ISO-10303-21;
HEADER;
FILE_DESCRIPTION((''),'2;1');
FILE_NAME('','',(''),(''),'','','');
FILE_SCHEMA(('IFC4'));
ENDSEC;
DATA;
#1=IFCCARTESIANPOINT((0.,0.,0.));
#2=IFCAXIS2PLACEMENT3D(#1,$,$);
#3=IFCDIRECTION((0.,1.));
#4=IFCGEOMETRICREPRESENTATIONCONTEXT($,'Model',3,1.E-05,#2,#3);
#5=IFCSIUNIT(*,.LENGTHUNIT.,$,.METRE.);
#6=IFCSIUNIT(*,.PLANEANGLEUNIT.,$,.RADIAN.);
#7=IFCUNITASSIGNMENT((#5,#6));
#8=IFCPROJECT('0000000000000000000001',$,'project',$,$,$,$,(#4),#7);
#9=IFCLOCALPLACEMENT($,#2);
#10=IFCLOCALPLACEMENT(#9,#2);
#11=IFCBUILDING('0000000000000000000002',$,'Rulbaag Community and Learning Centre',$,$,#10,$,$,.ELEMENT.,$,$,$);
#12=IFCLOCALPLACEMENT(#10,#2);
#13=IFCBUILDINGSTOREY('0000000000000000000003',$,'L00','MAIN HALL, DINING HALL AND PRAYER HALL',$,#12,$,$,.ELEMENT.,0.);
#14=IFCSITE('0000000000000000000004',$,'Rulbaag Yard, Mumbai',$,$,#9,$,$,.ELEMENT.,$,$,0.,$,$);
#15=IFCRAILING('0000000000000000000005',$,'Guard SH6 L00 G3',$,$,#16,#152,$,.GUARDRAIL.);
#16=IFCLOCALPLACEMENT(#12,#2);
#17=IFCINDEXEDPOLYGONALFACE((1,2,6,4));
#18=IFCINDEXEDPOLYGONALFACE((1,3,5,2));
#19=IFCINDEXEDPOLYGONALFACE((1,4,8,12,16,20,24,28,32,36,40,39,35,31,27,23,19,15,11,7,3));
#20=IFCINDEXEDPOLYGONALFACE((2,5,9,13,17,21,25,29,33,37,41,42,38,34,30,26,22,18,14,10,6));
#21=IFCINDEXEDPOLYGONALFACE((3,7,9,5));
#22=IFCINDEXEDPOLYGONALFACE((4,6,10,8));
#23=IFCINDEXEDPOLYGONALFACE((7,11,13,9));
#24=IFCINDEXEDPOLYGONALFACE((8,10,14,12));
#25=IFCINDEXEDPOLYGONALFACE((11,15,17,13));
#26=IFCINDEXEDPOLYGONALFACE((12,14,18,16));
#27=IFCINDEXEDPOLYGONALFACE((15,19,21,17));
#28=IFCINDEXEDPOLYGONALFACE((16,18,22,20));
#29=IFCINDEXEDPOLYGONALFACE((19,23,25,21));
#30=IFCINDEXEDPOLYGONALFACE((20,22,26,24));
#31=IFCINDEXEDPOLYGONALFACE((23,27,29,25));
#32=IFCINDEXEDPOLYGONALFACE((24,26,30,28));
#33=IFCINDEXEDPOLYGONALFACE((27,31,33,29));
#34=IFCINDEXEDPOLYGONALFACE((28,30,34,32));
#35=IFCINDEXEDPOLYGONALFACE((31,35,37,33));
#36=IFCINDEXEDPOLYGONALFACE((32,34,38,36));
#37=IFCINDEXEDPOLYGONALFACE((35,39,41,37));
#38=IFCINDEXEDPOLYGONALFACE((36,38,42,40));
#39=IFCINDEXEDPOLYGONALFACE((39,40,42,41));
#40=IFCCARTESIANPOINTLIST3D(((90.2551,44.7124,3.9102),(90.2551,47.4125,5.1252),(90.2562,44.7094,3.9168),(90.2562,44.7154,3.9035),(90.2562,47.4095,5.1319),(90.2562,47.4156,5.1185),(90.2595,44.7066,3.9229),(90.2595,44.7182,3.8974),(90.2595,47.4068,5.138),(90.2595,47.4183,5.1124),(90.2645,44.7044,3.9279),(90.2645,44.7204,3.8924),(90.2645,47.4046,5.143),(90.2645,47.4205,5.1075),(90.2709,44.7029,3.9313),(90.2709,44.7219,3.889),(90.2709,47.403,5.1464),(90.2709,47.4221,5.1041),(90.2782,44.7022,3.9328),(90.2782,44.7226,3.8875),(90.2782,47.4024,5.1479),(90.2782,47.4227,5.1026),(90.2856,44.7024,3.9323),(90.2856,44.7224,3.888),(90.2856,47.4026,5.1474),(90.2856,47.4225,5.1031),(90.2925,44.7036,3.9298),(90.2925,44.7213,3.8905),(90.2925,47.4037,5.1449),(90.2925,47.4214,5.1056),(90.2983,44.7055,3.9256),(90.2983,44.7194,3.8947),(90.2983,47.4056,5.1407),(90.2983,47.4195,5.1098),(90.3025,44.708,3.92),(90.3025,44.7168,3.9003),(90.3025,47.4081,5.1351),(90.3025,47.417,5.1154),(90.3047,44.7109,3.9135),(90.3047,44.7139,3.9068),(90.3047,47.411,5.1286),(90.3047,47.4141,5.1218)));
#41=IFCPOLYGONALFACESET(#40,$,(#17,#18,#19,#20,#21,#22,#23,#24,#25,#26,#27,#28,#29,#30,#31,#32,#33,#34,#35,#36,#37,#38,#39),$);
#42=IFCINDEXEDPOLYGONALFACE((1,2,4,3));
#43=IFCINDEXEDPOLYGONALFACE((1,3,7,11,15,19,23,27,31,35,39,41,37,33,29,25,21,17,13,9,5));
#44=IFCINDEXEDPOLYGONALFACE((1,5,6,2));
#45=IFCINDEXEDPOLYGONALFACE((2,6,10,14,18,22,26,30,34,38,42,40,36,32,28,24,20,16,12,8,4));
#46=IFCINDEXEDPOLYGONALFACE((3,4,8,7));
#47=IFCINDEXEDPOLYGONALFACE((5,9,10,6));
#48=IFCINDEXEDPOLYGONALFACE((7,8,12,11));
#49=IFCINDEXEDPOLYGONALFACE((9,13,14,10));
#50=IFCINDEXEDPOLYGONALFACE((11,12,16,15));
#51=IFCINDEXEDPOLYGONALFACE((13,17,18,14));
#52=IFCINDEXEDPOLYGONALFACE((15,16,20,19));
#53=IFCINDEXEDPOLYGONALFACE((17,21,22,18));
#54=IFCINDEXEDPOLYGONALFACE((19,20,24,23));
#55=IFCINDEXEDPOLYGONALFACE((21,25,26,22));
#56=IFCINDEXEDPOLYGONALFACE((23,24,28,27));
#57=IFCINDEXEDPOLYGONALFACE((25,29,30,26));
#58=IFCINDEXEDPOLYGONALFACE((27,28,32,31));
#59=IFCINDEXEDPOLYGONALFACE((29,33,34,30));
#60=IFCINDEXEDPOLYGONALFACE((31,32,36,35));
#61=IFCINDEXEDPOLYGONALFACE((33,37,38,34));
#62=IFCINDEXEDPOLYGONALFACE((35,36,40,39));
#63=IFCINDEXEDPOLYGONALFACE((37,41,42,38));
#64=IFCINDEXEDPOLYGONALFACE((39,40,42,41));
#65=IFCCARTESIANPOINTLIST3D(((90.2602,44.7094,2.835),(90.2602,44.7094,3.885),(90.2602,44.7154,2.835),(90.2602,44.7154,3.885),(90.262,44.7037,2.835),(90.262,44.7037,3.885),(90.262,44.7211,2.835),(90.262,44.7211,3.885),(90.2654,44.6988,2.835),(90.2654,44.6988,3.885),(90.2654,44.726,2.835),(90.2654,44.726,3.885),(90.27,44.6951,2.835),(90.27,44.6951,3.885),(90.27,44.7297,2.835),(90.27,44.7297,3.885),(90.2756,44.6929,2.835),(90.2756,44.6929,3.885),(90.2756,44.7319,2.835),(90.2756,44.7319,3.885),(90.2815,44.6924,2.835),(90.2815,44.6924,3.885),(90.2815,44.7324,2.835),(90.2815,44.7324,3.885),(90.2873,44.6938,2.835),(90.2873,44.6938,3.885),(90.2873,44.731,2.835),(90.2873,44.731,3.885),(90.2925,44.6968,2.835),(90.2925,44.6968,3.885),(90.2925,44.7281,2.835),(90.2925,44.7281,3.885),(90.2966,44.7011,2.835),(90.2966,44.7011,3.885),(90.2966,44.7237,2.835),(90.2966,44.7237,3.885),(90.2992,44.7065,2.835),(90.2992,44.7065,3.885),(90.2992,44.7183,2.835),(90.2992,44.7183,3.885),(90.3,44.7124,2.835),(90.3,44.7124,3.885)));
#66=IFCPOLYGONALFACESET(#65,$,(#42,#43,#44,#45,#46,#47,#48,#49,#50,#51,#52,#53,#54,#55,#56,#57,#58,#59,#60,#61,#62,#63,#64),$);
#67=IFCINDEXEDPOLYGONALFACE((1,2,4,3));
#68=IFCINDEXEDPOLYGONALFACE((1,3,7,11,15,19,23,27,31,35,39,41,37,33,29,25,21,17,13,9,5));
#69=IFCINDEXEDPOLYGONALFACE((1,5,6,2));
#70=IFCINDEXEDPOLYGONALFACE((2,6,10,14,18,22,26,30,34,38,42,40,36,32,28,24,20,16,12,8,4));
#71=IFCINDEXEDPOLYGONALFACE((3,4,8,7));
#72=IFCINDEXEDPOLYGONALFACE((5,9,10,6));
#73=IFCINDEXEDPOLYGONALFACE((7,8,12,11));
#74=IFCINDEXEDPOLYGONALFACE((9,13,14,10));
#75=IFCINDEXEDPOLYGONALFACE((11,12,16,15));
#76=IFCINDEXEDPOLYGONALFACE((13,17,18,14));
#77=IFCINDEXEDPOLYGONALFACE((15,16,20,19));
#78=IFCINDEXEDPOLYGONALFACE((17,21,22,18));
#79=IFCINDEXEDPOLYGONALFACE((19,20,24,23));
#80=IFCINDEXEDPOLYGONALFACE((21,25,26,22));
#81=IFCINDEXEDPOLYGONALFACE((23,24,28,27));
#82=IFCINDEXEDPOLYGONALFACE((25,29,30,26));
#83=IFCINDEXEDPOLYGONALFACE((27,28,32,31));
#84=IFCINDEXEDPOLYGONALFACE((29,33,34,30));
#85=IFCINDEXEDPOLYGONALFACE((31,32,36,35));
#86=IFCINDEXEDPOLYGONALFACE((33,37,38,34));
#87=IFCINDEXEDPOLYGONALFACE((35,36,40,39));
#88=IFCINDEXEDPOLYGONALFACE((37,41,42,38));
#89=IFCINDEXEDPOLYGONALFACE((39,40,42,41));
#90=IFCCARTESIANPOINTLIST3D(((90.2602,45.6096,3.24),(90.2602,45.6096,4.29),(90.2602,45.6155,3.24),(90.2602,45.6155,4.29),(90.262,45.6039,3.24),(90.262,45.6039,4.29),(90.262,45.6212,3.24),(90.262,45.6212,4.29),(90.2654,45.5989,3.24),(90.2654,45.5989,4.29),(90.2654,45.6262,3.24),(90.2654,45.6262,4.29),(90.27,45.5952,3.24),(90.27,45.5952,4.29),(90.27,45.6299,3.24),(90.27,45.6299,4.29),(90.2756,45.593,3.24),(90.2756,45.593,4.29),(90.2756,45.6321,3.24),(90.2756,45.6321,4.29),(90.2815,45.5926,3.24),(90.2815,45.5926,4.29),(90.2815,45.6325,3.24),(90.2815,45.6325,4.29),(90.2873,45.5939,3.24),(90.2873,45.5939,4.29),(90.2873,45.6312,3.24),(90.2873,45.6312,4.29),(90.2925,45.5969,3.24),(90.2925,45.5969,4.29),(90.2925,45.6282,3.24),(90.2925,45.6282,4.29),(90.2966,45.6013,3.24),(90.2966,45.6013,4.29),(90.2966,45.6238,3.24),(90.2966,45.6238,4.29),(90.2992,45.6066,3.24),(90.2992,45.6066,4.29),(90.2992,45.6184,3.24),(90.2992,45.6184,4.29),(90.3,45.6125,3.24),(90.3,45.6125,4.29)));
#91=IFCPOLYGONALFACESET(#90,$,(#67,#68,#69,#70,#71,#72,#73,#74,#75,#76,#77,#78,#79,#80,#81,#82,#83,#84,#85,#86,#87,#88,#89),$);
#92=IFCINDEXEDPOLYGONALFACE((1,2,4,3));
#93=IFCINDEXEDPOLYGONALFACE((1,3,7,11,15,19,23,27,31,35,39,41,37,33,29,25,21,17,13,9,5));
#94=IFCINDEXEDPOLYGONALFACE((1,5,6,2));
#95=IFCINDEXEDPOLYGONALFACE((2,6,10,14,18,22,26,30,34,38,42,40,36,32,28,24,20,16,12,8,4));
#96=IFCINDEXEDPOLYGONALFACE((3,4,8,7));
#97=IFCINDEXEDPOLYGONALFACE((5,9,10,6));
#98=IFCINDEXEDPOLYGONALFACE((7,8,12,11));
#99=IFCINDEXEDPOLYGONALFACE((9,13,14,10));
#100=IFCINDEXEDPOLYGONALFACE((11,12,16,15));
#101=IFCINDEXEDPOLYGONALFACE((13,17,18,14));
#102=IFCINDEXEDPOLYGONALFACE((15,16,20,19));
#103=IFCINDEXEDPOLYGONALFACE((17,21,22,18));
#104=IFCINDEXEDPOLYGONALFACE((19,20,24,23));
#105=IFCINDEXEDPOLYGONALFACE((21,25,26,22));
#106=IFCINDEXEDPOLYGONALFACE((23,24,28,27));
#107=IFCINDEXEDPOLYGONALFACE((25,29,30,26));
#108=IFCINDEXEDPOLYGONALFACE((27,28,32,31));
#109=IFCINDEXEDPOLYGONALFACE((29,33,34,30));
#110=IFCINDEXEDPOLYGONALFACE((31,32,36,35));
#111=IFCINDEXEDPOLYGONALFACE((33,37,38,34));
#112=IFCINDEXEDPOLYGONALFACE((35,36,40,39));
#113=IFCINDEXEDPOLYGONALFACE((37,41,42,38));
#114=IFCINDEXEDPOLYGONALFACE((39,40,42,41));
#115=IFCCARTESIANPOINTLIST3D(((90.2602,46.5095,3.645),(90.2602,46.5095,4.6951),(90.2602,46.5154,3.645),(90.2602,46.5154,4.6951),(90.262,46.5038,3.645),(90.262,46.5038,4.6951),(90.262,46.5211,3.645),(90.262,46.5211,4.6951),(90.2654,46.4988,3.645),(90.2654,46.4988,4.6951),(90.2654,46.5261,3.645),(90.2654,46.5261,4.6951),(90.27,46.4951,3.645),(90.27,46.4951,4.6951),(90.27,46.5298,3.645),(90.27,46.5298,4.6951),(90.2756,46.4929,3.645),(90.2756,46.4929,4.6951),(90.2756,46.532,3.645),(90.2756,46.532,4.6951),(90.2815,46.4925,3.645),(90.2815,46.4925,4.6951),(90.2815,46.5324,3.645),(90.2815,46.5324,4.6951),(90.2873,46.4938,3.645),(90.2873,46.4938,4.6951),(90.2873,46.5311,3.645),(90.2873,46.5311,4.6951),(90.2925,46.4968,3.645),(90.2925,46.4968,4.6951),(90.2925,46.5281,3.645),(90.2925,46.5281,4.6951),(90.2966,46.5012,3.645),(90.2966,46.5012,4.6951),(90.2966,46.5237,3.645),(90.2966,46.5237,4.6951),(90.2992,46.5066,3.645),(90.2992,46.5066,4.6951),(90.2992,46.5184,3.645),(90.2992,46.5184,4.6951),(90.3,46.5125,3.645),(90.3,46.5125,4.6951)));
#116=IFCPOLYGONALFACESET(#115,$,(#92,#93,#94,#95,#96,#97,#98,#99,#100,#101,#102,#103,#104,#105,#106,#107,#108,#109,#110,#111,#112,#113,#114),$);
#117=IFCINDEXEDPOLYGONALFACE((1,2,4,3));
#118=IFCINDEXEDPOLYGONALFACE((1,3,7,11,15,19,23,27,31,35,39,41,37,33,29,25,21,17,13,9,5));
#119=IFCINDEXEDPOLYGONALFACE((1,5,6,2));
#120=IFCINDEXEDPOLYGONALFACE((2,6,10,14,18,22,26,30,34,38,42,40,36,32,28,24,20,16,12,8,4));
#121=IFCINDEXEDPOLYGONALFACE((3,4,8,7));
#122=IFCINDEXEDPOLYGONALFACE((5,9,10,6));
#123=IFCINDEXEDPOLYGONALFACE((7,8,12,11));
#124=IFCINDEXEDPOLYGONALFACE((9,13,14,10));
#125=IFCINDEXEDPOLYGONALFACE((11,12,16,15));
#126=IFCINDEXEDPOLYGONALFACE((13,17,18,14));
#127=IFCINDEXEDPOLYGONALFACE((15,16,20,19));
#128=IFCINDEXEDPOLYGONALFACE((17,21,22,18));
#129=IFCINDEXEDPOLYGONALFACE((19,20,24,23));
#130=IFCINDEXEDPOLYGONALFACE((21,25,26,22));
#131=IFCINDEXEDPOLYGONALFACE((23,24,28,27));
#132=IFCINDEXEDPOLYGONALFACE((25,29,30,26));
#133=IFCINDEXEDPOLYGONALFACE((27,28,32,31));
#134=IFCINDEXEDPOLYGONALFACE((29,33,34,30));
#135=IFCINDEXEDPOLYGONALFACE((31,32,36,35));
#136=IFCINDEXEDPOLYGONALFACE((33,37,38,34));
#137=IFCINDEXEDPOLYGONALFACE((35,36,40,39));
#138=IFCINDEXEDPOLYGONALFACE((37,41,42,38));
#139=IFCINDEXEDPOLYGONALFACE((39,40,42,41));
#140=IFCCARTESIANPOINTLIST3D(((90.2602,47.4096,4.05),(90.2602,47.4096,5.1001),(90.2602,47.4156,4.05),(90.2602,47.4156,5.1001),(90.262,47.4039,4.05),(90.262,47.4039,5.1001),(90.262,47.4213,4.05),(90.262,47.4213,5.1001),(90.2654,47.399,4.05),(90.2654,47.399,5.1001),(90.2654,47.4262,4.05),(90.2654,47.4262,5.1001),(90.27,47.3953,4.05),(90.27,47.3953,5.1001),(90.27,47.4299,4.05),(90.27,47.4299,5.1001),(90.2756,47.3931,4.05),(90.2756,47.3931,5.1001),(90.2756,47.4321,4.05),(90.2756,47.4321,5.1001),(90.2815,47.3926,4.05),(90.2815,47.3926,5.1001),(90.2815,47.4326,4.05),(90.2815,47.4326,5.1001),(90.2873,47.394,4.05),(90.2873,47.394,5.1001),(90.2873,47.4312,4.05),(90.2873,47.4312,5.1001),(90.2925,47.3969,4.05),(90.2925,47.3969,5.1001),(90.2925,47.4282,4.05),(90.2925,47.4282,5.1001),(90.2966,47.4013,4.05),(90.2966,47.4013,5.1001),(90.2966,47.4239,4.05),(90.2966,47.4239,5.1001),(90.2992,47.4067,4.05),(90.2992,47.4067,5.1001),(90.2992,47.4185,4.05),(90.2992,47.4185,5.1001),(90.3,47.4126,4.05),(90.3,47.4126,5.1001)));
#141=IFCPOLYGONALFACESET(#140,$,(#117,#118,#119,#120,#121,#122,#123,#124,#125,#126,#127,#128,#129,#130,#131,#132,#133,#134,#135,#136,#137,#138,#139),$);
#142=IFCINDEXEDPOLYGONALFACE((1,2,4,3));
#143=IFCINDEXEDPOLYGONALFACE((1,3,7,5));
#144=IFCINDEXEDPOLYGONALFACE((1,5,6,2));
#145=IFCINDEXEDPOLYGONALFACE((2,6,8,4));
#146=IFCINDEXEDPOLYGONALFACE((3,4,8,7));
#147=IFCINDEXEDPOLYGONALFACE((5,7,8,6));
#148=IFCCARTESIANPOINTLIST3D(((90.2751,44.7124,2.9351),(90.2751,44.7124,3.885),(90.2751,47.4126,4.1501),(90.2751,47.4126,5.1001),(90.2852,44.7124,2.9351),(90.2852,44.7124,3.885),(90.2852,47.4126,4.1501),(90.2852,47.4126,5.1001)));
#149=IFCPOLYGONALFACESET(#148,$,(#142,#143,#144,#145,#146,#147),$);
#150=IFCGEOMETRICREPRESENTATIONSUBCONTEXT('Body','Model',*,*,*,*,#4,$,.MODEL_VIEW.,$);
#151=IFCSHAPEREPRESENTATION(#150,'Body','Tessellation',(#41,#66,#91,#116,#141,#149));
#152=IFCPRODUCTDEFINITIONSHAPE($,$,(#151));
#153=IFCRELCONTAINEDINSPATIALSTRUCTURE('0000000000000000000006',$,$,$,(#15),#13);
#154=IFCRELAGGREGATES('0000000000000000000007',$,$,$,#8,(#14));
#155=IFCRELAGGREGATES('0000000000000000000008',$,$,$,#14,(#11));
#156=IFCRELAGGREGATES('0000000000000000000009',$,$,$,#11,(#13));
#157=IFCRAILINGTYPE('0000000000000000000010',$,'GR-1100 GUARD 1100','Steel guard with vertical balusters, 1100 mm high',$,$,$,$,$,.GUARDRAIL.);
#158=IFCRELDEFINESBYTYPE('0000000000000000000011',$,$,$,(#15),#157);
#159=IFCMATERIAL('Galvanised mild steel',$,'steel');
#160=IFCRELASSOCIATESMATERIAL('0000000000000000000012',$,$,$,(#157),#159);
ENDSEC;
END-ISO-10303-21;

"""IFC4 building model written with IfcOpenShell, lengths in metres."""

from ifc_helpers import new_model, si_unit, direction, frame, origin, origin_2d, place, context, subcontext, project, spatial, polyline, circle, outline, extrude, material, type_object, element, save


model = new_model("IFC4")

# Units and contexts
model_context = context("Model", 3, precision=1e-05, world=origin(), true_north=direction((0.0, 1.0)))
body_context = subcontext(model_context, "Body", "Model", "MODEL_VIEW")
ifc_project = project(units=[si_unit("LENGTHUNIT", "METRE"), si_unit("PLANEANGLEUNIT", "RADIAN")], contexts=[model_context])

# Site, building, storey
site_placement = place(None, origin())
site = spatial("IfcSite", under=ifc_project, at=site_placement, Name="Rulbaag Yard, Mumbai", CompositionType="ELEMENT", RefElevation=0.0)
building_placement = place(site_placement, origin())
building = spatial("IfcBuilding", under=site, at=building_placement, Name="Rulbaag Community and Learning Centre", CompositionType="ELEMENT")
storey_placement = place(building_placement, origin())
storey = spatial("IfcBuildingStorey", under=building, at=storey_placement, Name="L00", Description="MAIN HALL, DINING HALL AND PRAYER HALL", CompositionType="ELEMENT", Elevation=0.0)

# Railing
ifc_material_1 = material(Name="Galvanised mild steel", Category="steel")
railing_type_1 = type_object("IfcRailingType", Name="GR-1100 GUARD 1100", Description="Steel guard with vertical balusters, 1100 mm high", PredefinedType="GUARDRAIL", material=ifc_material_1)
railing_1_placement = place(storey_placement, frame((90.28, 44.7124, 2.835)))
element("IfcRailing", 1, at=railing_1_placement, inside=storey, type_object=railing_type_1, Name="Guard SH6 L00 G3", PredefinedType="GUARDRAIL", context=body_context, shape_type="SweptSolid", body=[
    extrude(circle(Radius=0.0249, at=origin_2d()), frame((0.0, 0.0, 1.0752), z_axis=(0.0, 0.911922, 0.410365), x_axis=(-1.0, 0.0, 0.0)), (0.0, 0.0, 1.0), 2.9609),
    extrude(circle(Radius=0.02, at=origin_2d()), origin(), (0.0, 0.0, 1.0), 1.05),
    extrude(circle(Radius=0.02, at=origin_2d()), frame((0.0, 0.9001, 0.405)), (0.0, 0.0, 1.0), 1.05),
    extrude(circle(Radius=0.02, at=origin_2d()), frame((0.0, 1.8, 0.8101)), (0.0, 0.0, 1.0), 1.05),
    extrude(circle(Radius=0.02, at=origin_2d()), frame((0.0, 2.7002, 1.2151)), (0.0, 0.0, 1.0), 1.05),
    extrude(outline(polyline([(0.0, 0.0), (2.7002, 1.2151), (2.7002, 2.165), (0.0, 0.95), (0.0, 0.0)])), frame((-0.0049, 0.0, 0.1001), z_axis=(1.0, 0.0, 0.0), x_axis=(0.0, 1.0, 0.0)), (0.0, 0.0, 1.0), 0.01),
])

save(model, "model.ifc")
